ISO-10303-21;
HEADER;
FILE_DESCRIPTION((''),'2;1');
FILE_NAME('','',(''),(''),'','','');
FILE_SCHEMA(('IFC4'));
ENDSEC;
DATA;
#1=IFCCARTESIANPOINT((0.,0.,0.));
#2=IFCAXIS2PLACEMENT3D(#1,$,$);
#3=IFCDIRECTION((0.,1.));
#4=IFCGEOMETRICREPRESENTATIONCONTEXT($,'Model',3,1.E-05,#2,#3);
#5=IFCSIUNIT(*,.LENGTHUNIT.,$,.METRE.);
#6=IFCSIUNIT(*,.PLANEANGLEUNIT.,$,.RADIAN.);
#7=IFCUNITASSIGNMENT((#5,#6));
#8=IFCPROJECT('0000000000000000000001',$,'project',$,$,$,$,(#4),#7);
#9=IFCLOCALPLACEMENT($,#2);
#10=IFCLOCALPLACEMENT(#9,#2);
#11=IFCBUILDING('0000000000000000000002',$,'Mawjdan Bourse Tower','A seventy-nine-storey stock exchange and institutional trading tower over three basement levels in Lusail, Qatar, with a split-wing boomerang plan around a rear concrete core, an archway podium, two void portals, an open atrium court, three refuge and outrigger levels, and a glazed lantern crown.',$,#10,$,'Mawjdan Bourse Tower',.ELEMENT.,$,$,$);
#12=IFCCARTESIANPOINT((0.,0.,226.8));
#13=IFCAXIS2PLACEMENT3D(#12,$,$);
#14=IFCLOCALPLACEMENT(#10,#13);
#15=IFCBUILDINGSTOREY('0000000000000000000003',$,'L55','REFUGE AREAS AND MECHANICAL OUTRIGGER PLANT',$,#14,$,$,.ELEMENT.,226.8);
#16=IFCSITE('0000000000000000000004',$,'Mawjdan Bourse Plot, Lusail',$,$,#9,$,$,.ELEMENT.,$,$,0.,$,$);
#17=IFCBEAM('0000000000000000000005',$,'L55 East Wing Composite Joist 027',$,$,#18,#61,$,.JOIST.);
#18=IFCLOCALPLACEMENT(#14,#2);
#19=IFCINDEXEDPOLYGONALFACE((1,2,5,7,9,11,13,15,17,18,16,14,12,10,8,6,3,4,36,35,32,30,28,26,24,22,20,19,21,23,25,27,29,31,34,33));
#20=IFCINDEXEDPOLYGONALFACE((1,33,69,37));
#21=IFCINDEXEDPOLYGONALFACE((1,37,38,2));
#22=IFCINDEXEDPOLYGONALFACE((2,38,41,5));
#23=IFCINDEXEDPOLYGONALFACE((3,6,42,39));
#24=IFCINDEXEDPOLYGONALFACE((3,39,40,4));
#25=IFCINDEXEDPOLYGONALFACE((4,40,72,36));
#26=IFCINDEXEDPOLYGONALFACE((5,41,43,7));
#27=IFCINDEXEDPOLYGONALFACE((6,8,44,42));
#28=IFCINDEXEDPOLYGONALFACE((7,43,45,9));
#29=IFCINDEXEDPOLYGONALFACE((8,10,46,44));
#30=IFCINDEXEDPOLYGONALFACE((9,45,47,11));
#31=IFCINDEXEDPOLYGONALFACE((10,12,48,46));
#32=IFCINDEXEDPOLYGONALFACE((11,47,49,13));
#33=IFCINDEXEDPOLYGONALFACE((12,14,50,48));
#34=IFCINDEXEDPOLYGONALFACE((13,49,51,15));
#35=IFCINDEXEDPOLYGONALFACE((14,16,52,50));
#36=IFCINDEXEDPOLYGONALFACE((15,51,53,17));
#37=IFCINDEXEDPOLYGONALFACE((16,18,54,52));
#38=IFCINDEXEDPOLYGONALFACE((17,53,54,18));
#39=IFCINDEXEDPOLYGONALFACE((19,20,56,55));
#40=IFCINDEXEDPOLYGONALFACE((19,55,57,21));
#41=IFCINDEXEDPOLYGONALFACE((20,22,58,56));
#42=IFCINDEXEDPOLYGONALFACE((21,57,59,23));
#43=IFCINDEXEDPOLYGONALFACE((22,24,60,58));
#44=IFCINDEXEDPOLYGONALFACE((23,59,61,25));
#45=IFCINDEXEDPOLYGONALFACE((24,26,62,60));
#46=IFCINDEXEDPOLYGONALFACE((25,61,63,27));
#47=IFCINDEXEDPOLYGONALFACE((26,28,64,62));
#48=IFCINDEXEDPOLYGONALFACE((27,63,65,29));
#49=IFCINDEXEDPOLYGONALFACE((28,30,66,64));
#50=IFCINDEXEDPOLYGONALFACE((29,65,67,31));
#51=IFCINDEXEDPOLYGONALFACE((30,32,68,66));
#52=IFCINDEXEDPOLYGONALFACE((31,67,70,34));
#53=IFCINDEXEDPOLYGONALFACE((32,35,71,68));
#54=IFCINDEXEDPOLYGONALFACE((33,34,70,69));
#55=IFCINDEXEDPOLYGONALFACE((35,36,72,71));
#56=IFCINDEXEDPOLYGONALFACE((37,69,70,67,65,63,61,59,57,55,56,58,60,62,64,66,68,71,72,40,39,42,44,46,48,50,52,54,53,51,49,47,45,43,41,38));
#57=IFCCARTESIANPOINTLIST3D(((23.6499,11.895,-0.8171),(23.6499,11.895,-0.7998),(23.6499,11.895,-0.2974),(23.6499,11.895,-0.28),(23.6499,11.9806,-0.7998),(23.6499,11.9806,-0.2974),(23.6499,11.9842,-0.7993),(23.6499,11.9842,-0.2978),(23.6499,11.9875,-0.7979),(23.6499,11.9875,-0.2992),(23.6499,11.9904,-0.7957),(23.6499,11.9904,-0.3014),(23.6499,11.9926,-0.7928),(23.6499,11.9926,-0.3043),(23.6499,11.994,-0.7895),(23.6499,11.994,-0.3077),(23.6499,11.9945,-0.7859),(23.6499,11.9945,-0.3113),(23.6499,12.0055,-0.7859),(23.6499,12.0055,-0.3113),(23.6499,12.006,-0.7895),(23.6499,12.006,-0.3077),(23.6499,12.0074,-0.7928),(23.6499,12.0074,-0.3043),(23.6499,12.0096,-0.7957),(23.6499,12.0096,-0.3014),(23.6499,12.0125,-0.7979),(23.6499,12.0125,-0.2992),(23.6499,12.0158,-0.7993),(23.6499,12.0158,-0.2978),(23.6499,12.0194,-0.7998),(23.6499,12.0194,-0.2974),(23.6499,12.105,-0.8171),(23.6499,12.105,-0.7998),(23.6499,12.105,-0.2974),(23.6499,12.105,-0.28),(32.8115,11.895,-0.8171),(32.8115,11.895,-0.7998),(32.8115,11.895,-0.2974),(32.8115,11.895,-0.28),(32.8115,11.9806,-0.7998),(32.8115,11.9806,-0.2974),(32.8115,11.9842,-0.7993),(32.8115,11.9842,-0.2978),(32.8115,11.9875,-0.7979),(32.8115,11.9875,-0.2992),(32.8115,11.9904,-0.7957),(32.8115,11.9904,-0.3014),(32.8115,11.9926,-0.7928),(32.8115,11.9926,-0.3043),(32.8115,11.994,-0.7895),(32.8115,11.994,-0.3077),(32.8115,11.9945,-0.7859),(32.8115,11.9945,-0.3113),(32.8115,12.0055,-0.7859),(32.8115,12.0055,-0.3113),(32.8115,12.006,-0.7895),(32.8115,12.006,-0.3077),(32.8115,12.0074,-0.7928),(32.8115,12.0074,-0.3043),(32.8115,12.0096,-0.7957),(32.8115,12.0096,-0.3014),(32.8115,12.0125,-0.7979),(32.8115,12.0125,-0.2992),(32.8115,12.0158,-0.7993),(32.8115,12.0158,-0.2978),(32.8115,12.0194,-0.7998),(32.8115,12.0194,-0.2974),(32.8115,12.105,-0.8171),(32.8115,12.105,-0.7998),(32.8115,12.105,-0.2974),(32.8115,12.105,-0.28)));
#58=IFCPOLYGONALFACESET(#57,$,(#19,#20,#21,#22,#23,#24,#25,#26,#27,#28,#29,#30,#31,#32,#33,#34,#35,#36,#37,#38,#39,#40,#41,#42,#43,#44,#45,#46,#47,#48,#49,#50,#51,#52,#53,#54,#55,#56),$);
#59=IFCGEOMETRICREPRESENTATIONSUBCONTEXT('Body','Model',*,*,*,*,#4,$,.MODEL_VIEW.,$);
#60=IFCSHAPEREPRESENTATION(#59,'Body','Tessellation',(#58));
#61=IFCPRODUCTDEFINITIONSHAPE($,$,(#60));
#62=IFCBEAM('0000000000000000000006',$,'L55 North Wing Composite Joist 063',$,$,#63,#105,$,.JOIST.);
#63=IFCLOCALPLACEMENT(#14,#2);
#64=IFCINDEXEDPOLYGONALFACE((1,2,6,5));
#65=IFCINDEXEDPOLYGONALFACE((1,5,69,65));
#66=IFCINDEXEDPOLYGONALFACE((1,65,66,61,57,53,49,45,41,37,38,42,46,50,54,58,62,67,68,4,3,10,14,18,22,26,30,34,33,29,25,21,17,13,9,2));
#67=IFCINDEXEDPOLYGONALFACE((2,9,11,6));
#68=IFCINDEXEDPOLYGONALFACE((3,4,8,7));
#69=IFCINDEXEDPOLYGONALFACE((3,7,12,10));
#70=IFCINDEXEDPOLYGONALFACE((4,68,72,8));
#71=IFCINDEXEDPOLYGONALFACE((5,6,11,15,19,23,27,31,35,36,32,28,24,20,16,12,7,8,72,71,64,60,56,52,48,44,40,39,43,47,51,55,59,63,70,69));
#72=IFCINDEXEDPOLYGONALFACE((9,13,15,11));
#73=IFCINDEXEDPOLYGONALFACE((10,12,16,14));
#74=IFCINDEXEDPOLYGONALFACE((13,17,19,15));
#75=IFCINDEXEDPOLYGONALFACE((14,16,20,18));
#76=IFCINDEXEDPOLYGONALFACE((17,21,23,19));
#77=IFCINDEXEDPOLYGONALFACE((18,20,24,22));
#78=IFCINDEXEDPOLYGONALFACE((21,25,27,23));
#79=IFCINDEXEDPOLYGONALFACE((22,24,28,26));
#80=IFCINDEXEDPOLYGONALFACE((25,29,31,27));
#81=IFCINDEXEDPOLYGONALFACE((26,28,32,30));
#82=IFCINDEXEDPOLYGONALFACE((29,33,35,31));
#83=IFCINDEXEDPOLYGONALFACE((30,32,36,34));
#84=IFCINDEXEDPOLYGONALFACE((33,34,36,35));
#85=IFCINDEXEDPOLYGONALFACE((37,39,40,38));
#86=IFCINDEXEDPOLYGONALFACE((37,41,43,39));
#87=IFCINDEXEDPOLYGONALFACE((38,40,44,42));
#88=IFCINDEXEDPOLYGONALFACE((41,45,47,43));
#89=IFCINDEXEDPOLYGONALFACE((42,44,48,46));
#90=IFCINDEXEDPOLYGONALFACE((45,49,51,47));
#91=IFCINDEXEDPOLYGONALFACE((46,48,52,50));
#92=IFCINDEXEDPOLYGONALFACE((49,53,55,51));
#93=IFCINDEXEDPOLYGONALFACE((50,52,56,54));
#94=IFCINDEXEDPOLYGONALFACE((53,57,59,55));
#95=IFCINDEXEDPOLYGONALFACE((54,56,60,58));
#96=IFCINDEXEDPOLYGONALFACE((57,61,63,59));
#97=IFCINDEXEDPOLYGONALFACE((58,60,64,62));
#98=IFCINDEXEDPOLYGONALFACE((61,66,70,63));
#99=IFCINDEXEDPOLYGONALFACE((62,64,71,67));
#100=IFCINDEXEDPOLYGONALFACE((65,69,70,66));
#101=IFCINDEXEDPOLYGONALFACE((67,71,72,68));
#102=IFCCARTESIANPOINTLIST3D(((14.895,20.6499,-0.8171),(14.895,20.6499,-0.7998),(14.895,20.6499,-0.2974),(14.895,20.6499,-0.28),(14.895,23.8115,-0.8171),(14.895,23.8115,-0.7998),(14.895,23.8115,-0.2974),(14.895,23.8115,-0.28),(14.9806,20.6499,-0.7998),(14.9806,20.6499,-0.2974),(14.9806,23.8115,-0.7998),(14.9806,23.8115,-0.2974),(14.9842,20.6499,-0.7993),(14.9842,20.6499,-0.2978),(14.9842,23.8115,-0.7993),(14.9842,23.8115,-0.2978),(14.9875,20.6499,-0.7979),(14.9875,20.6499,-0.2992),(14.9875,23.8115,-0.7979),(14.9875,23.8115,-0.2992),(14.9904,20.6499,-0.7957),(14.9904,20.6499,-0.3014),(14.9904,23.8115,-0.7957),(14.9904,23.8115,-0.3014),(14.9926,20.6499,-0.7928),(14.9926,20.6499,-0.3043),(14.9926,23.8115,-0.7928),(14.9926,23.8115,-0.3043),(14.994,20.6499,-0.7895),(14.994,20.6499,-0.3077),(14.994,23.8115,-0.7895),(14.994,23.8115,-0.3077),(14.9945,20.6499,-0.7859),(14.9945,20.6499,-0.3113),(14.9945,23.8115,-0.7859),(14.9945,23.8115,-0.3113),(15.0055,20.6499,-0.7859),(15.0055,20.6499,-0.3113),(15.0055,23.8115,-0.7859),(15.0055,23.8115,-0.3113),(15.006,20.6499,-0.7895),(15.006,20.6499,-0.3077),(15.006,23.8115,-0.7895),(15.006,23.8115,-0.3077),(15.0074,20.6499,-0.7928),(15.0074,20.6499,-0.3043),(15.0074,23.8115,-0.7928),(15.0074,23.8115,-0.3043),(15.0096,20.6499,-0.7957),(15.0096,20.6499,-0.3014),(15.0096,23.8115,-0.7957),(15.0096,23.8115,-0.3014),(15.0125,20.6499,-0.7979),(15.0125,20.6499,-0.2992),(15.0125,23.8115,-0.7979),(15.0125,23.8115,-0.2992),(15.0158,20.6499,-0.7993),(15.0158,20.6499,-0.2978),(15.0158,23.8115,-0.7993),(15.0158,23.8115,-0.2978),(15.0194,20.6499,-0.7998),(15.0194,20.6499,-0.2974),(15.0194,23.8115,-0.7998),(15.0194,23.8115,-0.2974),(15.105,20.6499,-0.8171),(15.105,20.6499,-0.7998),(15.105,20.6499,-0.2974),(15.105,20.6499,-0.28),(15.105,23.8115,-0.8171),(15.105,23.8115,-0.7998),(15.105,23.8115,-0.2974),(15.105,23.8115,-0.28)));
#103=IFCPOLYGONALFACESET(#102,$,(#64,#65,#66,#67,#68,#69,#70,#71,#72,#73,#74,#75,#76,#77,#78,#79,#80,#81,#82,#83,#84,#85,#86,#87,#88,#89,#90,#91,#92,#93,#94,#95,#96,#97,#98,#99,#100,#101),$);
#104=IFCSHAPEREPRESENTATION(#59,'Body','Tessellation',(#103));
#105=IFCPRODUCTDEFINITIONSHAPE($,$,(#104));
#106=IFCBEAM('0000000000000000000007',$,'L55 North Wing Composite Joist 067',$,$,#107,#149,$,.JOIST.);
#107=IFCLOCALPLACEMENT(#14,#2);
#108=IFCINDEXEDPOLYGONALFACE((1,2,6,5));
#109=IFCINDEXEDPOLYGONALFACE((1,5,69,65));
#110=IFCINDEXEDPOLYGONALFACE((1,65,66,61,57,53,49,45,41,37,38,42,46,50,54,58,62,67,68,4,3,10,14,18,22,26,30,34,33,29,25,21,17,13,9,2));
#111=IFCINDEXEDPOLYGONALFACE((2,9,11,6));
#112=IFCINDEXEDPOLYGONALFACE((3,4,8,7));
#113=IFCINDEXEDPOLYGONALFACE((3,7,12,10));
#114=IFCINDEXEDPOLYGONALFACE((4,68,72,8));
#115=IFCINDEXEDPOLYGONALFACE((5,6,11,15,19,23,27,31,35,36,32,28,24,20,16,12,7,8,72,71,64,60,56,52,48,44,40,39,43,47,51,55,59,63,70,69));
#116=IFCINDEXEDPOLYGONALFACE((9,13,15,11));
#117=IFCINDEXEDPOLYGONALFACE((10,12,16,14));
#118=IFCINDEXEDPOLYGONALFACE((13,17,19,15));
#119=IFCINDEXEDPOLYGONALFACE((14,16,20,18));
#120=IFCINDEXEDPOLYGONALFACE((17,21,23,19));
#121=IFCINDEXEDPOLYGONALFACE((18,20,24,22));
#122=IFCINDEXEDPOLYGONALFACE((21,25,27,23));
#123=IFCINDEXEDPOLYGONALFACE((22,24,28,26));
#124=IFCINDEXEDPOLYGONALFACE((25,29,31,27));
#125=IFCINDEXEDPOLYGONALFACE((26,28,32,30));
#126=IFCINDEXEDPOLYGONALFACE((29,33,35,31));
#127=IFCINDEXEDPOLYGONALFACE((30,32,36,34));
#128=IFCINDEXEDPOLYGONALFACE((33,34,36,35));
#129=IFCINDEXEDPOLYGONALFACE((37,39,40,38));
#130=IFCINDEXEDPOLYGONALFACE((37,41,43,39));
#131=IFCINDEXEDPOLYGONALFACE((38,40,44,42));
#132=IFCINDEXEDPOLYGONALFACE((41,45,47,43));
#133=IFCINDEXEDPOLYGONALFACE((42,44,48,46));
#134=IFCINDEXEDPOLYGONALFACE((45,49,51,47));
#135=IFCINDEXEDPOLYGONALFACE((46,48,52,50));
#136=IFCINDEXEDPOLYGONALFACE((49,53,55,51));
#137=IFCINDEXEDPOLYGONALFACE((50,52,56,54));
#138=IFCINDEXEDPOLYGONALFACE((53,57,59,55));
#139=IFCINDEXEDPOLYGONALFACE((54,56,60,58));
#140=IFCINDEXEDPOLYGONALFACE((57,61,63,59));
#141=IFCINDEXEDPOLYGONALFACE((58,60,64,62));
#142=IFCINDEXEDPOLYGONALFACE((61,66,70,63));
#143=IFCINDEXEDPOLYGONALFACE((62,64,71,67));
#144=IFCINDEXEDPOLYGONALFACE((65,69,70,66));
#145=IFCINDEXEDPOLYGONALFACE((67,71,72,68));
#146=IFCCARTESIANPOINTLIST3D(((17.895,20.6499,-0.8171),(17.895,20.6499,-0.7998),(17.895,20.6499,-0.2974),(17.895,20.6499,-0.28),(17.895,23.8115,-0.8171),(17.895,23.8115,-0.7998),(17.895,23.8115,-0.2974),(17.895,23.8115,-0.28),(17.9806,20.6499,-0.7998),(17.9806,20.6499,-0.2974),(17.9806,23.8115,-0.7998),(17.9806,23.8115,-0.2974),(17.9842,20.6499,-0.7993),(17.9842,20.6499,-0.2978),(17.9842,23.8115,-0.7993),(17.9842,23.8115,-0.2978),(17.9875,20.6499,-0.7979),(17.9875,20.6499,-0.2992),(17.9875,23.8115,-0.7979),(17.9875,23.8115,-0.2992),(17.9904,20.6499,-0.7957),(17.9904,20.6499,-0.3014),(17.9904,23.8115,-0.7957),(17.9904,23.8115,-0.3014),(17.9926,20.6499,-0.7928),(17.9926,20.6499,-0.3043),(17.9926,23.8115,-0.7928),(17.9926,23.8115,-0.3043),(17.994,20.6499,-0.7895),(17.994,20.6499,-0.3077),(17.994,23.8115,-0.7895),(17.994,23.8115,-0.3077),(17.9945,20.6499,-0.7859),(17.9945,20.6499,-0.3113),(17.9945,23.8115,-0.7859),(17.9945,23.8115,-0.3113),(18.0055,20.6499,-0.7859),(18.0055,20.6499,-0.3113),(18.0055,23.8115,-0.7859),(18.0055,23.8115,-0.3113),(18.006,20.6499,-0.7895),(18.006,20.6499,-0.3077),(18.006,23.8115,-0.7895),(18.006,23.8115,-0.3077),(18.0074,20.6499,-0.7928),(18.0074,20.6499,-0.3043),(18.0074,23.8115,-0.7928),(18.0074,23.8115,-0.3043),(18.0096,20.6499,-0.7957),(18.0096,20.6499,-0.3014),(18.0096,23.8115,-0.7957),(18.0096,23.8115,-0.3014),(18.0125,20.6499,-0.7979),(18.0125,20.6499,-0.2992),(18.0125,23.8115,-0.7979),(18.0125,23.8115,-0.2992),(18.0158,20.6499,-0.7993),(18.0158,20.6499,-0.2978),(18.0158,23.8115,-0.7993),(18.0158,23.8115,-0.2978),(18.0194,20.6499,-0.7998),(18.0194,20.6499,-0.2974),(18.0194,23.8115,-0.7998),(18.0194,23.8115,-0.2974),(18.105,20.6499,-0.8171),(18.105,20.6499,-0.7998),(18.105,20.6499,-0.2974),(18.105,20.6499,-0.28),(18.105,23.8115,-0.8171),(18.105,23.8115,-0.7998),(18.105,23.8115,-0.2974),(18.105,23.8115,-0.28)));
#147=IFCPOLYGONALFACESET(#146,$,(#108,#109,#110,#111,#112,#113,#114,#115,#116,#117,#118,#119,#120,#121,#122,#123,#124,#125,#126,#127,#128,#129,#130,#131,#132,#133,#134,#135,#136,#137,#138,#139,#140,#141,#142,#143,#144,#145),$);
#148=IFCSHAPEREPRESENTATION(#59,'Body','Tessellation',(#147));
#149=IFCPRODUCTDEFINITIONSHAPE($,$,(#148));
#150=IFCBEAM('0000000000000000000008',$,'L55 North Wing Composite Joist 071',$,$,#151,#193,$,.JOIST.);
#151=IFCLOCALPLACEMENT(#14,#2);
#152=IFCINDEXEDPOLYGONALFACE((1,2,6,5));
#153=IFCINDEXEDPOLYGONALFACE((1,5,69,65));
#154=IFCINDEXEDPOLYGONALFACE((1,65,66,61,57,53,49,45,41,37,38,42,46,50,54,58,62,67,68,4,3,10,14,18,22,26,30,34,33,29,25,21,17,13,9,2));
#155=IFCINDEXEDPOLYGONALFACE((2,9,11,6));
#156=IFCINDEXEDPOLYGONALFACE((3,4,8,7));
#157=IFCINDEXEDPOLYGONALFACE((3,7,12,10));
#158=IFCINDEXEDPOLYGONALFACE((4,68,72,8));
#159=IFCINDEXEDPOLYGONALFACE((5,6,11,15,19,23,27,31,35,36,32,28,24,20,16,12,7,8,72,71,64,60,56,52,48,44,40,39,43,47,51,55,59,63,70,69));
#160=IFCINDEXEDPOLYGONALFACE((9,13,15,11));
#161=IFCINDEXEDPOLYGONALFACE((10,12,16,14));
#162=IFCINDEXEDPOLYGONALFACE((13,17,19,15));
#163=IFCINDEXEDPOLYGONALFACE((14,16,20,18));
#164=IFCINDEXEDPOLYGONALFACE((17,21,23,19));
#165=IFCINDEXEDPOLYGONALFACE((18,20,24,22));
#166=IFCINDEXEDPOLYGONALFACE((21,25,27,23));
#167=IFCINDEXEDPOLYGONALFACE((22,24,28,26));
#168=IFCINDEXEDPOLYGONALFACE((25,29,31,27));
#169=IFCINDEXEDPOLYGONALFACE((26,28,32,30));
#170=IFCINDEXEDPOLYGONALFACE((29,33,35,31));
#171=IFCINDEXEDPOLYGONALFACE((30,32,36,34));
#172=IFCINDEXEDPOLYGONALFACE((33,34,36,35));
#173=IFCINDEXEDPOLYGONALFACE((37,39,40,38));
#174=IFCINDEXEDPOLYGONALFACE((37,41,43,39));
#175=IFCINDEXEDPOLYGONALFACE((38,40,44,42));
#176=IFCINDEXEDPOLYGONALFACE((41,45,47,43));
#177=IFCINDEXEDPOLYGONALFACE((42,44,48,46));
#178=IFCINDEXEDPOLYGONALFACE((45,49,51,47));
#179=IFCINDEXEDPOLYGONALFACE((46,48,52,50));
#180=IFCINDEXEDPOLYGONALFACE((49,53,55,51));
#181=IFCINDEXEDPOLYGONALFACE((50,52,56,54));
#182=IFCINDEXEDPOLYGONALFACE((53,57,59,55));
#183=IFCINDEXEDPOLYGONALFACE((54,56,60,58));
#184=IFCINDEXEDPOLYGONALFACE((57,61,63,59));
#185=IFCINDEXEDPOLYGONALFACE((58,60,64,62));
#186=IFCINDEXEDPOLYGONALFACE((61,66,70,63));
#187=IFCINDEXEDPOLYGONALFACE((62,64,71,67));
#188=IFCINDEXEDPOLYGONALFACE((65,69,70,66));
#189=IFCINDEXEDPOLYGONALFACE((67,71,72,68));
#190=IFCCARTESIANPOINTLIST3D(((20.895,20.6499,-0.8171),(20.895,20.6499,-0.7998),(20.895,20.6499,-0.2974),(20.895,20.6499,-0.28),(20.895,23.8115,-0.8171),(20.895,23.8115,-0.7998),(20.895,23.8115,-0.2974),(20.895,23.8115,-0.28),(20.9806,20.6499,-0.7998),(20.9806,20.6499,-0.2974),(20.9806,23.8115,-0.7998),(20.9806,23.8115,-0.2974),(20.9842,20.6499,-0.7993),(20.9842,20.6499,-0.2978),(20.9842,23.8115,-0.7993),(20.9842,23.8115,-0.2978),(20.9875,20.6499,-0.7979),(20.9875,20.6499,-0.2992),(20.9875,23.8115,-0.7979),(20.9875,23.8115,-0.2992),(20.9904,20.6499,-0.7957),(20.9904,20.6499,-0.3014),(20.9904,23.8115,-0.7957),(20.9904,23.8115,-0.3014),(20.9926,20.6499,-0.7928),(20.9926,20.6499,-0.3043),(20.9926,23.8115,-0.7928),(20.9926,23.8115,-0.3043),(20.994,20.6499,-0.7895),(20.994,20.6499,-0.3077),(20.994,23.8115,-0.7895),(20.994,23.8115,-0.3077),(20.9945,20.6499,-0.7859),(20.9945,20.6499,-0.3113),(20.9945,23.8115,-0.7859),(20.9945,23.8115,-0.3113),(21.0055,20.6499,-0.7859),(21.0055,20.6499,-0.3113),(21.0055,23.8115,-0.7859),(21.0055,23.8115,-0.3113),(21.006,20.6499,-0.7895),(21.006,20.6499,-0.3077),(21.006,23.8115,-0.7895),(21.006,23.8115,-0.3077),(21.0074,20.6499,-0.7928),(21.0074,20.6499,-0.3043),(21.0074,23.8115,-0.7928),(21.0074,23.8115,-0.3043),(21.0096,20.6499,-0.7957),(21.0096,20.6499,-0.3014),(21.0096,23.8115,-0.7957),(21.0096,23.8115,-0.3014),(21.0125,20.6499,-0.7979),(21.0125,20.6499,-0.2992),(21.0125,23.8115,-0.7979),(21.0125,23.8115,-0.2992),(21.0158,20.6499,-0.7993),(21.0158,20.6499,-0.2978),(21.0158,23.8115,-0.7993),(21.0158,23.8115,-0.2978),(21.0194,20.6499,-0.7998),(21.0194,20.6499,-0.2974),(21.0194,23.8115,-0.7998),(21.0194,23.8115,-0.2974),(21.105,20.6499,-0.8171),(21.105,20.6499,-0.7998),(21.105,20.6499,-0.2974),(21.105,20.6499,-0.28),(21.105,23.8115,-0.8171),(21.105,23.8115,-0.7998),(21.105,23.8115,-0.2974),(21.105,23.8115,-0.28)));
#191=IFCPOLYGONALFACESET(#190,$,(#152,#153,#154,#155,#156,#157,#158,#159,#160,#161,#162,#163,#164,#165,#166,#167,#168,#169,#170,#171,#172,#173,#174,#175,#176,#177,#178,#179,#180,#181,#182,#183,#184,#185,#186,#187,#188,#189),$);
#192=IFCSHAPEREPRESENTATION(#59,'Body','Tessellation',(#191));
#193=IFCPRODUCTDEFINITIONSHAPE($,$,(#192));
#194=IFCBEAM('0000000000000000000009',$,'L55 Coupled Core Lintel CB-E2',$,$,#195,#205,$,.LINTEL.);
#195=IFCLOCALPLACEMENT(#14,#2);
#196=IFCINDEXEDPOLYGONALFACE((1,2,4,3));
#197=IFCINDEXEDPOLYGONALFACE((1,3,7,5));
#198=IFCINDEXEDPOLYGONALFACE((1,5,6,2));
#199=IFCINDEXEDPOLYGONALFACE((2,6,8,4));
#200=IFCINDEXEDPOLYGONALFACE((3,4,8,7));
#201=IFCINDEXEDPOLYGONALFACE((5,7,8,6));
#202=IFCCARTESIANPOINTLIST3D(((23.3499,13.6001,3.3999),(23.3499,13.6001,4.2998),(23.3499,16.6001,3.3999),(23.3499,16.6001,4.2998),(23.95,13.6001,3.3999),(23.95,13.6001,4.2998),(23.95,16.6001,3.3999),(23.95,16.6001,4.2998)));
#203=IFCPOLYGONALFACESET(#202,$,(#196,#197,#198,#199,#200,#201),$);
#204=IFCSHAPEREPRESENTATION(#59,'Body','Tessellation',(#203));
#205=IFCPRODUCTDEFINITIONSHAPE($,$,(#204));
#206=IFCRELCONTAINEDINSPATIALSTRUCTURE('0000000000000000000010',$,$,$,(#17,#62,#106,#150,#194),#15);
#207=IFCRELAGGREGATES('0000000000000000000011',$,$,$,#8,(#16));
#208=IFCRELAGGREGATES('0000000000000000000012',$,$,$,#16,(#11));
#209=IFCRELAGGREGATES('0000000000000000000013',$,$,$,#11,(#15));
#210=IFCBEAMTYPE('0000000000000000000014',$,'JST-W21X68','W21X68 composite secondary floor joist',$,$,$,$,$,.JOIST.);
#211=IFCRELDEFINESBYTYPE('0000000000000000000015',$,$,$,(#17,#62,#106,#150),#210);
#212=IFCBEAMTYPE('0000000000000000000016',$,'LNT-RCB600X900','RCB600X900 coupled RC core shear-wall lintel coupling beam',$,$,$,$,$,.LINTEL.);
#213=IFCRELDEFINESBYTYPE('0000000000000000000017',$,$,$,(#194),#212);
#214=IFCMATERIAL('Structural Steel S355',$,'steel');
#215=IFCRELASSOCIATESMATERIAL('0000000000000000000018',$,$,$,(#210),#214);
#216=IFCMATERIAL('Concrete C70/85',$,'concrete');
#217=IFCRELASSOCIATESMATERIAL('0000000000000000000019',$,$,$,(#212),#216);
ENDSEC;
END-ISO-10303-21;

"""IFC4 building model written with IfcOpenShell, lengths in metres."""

from ifc_helpers import new_model, si_unit, direction, frame, origin, origin_2d, place, context, subcontext, project, spatial, rectangle, i_section, extrude, material, material_profile, profile_set, type_object, element, save


model = new_model("IFC4")

# Units and contexts
model_context = context("Model", 3, precision=1e-05, world=origin(), true_north=direction((0.0, 1.0)))
body_context = subcontext(model_context, "Body", "Model", "MODEL_VIEW")
ifc_project = project(units=[si_unit("LENGTHUNIT", "METRE"), si_unit("PLANEANGLEUNIT", "RADIAN")], contexts=[model_context])

# Site, building, storey
site_placement = place(None, origin())
site = spatial("IfcSite", under=ifc_project, at=site_placement, Name="Mawjdan Bourse Plot, Lusail", CompositionType="ELEMENT", RefElevation=0.0)
building_placement = place(site_placement, origin())
building = spatial("IfcBuilding", under=site, at=building_placement, Name="Mawjdan Bourse Tower", Description="A seventy-nine-storey stock exchange and institutional trading tower over three basement levels in Lusail, Qatar, with a split-wing boomerang plan around a rear concrete core, an archway podium, two void portals, an open atrium court, three refuge and outrigger levels, and a glazed lantern crown.", LongName="Mawjdan Bourse Tower", CompositionType="ELEMENT")
storey_placement = place(building_placement, frame((0.0, 0.0, 226.8)))
storey = spatial("IfcBuildingStorey", under=building, at=storey_placement, Name="L55", Description="REFUGE AREAS AND MECHANICAL OUTRIGGER PLANT", CompositionType="ELEMENT", Elevation=226.8)

# Beams
ifc_material_1 = material(Name="Structural Steel S355", Category="steel")
ifc_material_profile_1 = material_profile(ifc_material_1, i_section(OverallWidth=0.21, OverallDepth=0.5371, WebThickness=0.011, FlangeThickness=0.0173, FilletRadius=0.0139, at=origin_2d()), Name="W21X68")
ifc_profile_set_1 = profile_set([ifc_material_profile_1], Name="Structural Steel S355")
beam_type_1 = type_object("IfcBeamType", Name="JST-W21X68", Description="W21X68 composite secondary floor joist", PredefinedType="JOIST", material=ifc_profile_set_1)
beam_1_placement = place(storey_placement, frame((23.6499, 12.0, -0.5486), z_axis=(1.0, 0.0, 0.0), x_axis=(0.0, 1.0, 0.0)))
element("IfcBeam", 1, at=beam_1_placement, inside=storey, type_object=beam_type_1, Name="L55 East Wing Composite Joist 027", PredefinedType="JOIST", context=body_context, shape_type="SweptSolid", body=[
    extrude(i_section(OverallWidth=0.21, OverallDepth=0.5371, WebThickness=0.011, FlangeThickness=0.0173, FilletRadius=0.0139, at=origin_2d()), origin(), (0.0, 0.0, 1.0), 9.1616),
])
for number, where, z_axis, x_axis, name in (
    (2, (15.0, 20.6499, -0.5486), (0.0, 1.0, 0.0), (-1.0, 0.0, 0.0), "L55 North Wing Composite Joist 063"),
    (3, (18.0, 20.6499, -0.5486), (0.0, 1.0, 0.0), (-1.0, 0.0, 0.0), "L55 North Wing Composite Joist 067"),
    (4, (21.0, 20.6499, -0.5486), (0.0, 1.0, 0.0), (-1.0, 0.0, 0.0), "L55 North Wing Composite Joist 071"),
):
    element("IfcBeam", number, at=place(storey_placement, frame(where, z_axis=z_axis, x_axis=x_axis)), inside=storey, type_object=beam_type_1, Name=name, PredefinedType="JOIST", context=body_context, shape_type="SweptSolid", body=[
        extrude(i_section(OverallWidth=0.21, OverallDepth=0.5371, WebThickness=0.011, FlangeThickness=0.0173, FilletRadius=0.0139, at=origin_2d()), origin(), (0.0, 0.0, 1.0), 3.1616),
    ])
ifc_material_2 = material(Name="Concrete C70/85", Category="concrete")
ifc_material_profile_2 = material_profile(ifc_material_2, rectangle(XDim=0.6001, YDim=0.8999, at=origin_2d()), Name="RCB600X900")
ifc_profile_set_2 = profile_set([ifc_material_profile_2], Name="Concrete C70/85")
beam_type_2 = type_object("IfcBeamType", Name="LNT-RCB600X900", Description="RCB600X900 coupled RC core shear-wall lintel coupling beam", PredefinedType="LINTEL", material=ifc_profile_set_2)
beam_2_placement = place(storey_placement, frame((23.6499, 13.6001, 3.8499), z_axis=(0.0, 1.0, 0.0), x_axis=(-1.0, 0.0, 0.0)))
element("IfcBeam", 5, at=beam_2_placement, inside=storey, type_object=beam_type_2, Name="L55 Coupled Core Lintel CB-E2", PredefinedType="LINTEL", context=body_context, shape_type="SweptSolid", body=[
    extrude(rectangle(XDim=0.6001, YDim=0.8999, at=origin_2d()), origin(), (0.0, 0.0, 1.0), 3.0),
])

save(model, "model.ifc")
